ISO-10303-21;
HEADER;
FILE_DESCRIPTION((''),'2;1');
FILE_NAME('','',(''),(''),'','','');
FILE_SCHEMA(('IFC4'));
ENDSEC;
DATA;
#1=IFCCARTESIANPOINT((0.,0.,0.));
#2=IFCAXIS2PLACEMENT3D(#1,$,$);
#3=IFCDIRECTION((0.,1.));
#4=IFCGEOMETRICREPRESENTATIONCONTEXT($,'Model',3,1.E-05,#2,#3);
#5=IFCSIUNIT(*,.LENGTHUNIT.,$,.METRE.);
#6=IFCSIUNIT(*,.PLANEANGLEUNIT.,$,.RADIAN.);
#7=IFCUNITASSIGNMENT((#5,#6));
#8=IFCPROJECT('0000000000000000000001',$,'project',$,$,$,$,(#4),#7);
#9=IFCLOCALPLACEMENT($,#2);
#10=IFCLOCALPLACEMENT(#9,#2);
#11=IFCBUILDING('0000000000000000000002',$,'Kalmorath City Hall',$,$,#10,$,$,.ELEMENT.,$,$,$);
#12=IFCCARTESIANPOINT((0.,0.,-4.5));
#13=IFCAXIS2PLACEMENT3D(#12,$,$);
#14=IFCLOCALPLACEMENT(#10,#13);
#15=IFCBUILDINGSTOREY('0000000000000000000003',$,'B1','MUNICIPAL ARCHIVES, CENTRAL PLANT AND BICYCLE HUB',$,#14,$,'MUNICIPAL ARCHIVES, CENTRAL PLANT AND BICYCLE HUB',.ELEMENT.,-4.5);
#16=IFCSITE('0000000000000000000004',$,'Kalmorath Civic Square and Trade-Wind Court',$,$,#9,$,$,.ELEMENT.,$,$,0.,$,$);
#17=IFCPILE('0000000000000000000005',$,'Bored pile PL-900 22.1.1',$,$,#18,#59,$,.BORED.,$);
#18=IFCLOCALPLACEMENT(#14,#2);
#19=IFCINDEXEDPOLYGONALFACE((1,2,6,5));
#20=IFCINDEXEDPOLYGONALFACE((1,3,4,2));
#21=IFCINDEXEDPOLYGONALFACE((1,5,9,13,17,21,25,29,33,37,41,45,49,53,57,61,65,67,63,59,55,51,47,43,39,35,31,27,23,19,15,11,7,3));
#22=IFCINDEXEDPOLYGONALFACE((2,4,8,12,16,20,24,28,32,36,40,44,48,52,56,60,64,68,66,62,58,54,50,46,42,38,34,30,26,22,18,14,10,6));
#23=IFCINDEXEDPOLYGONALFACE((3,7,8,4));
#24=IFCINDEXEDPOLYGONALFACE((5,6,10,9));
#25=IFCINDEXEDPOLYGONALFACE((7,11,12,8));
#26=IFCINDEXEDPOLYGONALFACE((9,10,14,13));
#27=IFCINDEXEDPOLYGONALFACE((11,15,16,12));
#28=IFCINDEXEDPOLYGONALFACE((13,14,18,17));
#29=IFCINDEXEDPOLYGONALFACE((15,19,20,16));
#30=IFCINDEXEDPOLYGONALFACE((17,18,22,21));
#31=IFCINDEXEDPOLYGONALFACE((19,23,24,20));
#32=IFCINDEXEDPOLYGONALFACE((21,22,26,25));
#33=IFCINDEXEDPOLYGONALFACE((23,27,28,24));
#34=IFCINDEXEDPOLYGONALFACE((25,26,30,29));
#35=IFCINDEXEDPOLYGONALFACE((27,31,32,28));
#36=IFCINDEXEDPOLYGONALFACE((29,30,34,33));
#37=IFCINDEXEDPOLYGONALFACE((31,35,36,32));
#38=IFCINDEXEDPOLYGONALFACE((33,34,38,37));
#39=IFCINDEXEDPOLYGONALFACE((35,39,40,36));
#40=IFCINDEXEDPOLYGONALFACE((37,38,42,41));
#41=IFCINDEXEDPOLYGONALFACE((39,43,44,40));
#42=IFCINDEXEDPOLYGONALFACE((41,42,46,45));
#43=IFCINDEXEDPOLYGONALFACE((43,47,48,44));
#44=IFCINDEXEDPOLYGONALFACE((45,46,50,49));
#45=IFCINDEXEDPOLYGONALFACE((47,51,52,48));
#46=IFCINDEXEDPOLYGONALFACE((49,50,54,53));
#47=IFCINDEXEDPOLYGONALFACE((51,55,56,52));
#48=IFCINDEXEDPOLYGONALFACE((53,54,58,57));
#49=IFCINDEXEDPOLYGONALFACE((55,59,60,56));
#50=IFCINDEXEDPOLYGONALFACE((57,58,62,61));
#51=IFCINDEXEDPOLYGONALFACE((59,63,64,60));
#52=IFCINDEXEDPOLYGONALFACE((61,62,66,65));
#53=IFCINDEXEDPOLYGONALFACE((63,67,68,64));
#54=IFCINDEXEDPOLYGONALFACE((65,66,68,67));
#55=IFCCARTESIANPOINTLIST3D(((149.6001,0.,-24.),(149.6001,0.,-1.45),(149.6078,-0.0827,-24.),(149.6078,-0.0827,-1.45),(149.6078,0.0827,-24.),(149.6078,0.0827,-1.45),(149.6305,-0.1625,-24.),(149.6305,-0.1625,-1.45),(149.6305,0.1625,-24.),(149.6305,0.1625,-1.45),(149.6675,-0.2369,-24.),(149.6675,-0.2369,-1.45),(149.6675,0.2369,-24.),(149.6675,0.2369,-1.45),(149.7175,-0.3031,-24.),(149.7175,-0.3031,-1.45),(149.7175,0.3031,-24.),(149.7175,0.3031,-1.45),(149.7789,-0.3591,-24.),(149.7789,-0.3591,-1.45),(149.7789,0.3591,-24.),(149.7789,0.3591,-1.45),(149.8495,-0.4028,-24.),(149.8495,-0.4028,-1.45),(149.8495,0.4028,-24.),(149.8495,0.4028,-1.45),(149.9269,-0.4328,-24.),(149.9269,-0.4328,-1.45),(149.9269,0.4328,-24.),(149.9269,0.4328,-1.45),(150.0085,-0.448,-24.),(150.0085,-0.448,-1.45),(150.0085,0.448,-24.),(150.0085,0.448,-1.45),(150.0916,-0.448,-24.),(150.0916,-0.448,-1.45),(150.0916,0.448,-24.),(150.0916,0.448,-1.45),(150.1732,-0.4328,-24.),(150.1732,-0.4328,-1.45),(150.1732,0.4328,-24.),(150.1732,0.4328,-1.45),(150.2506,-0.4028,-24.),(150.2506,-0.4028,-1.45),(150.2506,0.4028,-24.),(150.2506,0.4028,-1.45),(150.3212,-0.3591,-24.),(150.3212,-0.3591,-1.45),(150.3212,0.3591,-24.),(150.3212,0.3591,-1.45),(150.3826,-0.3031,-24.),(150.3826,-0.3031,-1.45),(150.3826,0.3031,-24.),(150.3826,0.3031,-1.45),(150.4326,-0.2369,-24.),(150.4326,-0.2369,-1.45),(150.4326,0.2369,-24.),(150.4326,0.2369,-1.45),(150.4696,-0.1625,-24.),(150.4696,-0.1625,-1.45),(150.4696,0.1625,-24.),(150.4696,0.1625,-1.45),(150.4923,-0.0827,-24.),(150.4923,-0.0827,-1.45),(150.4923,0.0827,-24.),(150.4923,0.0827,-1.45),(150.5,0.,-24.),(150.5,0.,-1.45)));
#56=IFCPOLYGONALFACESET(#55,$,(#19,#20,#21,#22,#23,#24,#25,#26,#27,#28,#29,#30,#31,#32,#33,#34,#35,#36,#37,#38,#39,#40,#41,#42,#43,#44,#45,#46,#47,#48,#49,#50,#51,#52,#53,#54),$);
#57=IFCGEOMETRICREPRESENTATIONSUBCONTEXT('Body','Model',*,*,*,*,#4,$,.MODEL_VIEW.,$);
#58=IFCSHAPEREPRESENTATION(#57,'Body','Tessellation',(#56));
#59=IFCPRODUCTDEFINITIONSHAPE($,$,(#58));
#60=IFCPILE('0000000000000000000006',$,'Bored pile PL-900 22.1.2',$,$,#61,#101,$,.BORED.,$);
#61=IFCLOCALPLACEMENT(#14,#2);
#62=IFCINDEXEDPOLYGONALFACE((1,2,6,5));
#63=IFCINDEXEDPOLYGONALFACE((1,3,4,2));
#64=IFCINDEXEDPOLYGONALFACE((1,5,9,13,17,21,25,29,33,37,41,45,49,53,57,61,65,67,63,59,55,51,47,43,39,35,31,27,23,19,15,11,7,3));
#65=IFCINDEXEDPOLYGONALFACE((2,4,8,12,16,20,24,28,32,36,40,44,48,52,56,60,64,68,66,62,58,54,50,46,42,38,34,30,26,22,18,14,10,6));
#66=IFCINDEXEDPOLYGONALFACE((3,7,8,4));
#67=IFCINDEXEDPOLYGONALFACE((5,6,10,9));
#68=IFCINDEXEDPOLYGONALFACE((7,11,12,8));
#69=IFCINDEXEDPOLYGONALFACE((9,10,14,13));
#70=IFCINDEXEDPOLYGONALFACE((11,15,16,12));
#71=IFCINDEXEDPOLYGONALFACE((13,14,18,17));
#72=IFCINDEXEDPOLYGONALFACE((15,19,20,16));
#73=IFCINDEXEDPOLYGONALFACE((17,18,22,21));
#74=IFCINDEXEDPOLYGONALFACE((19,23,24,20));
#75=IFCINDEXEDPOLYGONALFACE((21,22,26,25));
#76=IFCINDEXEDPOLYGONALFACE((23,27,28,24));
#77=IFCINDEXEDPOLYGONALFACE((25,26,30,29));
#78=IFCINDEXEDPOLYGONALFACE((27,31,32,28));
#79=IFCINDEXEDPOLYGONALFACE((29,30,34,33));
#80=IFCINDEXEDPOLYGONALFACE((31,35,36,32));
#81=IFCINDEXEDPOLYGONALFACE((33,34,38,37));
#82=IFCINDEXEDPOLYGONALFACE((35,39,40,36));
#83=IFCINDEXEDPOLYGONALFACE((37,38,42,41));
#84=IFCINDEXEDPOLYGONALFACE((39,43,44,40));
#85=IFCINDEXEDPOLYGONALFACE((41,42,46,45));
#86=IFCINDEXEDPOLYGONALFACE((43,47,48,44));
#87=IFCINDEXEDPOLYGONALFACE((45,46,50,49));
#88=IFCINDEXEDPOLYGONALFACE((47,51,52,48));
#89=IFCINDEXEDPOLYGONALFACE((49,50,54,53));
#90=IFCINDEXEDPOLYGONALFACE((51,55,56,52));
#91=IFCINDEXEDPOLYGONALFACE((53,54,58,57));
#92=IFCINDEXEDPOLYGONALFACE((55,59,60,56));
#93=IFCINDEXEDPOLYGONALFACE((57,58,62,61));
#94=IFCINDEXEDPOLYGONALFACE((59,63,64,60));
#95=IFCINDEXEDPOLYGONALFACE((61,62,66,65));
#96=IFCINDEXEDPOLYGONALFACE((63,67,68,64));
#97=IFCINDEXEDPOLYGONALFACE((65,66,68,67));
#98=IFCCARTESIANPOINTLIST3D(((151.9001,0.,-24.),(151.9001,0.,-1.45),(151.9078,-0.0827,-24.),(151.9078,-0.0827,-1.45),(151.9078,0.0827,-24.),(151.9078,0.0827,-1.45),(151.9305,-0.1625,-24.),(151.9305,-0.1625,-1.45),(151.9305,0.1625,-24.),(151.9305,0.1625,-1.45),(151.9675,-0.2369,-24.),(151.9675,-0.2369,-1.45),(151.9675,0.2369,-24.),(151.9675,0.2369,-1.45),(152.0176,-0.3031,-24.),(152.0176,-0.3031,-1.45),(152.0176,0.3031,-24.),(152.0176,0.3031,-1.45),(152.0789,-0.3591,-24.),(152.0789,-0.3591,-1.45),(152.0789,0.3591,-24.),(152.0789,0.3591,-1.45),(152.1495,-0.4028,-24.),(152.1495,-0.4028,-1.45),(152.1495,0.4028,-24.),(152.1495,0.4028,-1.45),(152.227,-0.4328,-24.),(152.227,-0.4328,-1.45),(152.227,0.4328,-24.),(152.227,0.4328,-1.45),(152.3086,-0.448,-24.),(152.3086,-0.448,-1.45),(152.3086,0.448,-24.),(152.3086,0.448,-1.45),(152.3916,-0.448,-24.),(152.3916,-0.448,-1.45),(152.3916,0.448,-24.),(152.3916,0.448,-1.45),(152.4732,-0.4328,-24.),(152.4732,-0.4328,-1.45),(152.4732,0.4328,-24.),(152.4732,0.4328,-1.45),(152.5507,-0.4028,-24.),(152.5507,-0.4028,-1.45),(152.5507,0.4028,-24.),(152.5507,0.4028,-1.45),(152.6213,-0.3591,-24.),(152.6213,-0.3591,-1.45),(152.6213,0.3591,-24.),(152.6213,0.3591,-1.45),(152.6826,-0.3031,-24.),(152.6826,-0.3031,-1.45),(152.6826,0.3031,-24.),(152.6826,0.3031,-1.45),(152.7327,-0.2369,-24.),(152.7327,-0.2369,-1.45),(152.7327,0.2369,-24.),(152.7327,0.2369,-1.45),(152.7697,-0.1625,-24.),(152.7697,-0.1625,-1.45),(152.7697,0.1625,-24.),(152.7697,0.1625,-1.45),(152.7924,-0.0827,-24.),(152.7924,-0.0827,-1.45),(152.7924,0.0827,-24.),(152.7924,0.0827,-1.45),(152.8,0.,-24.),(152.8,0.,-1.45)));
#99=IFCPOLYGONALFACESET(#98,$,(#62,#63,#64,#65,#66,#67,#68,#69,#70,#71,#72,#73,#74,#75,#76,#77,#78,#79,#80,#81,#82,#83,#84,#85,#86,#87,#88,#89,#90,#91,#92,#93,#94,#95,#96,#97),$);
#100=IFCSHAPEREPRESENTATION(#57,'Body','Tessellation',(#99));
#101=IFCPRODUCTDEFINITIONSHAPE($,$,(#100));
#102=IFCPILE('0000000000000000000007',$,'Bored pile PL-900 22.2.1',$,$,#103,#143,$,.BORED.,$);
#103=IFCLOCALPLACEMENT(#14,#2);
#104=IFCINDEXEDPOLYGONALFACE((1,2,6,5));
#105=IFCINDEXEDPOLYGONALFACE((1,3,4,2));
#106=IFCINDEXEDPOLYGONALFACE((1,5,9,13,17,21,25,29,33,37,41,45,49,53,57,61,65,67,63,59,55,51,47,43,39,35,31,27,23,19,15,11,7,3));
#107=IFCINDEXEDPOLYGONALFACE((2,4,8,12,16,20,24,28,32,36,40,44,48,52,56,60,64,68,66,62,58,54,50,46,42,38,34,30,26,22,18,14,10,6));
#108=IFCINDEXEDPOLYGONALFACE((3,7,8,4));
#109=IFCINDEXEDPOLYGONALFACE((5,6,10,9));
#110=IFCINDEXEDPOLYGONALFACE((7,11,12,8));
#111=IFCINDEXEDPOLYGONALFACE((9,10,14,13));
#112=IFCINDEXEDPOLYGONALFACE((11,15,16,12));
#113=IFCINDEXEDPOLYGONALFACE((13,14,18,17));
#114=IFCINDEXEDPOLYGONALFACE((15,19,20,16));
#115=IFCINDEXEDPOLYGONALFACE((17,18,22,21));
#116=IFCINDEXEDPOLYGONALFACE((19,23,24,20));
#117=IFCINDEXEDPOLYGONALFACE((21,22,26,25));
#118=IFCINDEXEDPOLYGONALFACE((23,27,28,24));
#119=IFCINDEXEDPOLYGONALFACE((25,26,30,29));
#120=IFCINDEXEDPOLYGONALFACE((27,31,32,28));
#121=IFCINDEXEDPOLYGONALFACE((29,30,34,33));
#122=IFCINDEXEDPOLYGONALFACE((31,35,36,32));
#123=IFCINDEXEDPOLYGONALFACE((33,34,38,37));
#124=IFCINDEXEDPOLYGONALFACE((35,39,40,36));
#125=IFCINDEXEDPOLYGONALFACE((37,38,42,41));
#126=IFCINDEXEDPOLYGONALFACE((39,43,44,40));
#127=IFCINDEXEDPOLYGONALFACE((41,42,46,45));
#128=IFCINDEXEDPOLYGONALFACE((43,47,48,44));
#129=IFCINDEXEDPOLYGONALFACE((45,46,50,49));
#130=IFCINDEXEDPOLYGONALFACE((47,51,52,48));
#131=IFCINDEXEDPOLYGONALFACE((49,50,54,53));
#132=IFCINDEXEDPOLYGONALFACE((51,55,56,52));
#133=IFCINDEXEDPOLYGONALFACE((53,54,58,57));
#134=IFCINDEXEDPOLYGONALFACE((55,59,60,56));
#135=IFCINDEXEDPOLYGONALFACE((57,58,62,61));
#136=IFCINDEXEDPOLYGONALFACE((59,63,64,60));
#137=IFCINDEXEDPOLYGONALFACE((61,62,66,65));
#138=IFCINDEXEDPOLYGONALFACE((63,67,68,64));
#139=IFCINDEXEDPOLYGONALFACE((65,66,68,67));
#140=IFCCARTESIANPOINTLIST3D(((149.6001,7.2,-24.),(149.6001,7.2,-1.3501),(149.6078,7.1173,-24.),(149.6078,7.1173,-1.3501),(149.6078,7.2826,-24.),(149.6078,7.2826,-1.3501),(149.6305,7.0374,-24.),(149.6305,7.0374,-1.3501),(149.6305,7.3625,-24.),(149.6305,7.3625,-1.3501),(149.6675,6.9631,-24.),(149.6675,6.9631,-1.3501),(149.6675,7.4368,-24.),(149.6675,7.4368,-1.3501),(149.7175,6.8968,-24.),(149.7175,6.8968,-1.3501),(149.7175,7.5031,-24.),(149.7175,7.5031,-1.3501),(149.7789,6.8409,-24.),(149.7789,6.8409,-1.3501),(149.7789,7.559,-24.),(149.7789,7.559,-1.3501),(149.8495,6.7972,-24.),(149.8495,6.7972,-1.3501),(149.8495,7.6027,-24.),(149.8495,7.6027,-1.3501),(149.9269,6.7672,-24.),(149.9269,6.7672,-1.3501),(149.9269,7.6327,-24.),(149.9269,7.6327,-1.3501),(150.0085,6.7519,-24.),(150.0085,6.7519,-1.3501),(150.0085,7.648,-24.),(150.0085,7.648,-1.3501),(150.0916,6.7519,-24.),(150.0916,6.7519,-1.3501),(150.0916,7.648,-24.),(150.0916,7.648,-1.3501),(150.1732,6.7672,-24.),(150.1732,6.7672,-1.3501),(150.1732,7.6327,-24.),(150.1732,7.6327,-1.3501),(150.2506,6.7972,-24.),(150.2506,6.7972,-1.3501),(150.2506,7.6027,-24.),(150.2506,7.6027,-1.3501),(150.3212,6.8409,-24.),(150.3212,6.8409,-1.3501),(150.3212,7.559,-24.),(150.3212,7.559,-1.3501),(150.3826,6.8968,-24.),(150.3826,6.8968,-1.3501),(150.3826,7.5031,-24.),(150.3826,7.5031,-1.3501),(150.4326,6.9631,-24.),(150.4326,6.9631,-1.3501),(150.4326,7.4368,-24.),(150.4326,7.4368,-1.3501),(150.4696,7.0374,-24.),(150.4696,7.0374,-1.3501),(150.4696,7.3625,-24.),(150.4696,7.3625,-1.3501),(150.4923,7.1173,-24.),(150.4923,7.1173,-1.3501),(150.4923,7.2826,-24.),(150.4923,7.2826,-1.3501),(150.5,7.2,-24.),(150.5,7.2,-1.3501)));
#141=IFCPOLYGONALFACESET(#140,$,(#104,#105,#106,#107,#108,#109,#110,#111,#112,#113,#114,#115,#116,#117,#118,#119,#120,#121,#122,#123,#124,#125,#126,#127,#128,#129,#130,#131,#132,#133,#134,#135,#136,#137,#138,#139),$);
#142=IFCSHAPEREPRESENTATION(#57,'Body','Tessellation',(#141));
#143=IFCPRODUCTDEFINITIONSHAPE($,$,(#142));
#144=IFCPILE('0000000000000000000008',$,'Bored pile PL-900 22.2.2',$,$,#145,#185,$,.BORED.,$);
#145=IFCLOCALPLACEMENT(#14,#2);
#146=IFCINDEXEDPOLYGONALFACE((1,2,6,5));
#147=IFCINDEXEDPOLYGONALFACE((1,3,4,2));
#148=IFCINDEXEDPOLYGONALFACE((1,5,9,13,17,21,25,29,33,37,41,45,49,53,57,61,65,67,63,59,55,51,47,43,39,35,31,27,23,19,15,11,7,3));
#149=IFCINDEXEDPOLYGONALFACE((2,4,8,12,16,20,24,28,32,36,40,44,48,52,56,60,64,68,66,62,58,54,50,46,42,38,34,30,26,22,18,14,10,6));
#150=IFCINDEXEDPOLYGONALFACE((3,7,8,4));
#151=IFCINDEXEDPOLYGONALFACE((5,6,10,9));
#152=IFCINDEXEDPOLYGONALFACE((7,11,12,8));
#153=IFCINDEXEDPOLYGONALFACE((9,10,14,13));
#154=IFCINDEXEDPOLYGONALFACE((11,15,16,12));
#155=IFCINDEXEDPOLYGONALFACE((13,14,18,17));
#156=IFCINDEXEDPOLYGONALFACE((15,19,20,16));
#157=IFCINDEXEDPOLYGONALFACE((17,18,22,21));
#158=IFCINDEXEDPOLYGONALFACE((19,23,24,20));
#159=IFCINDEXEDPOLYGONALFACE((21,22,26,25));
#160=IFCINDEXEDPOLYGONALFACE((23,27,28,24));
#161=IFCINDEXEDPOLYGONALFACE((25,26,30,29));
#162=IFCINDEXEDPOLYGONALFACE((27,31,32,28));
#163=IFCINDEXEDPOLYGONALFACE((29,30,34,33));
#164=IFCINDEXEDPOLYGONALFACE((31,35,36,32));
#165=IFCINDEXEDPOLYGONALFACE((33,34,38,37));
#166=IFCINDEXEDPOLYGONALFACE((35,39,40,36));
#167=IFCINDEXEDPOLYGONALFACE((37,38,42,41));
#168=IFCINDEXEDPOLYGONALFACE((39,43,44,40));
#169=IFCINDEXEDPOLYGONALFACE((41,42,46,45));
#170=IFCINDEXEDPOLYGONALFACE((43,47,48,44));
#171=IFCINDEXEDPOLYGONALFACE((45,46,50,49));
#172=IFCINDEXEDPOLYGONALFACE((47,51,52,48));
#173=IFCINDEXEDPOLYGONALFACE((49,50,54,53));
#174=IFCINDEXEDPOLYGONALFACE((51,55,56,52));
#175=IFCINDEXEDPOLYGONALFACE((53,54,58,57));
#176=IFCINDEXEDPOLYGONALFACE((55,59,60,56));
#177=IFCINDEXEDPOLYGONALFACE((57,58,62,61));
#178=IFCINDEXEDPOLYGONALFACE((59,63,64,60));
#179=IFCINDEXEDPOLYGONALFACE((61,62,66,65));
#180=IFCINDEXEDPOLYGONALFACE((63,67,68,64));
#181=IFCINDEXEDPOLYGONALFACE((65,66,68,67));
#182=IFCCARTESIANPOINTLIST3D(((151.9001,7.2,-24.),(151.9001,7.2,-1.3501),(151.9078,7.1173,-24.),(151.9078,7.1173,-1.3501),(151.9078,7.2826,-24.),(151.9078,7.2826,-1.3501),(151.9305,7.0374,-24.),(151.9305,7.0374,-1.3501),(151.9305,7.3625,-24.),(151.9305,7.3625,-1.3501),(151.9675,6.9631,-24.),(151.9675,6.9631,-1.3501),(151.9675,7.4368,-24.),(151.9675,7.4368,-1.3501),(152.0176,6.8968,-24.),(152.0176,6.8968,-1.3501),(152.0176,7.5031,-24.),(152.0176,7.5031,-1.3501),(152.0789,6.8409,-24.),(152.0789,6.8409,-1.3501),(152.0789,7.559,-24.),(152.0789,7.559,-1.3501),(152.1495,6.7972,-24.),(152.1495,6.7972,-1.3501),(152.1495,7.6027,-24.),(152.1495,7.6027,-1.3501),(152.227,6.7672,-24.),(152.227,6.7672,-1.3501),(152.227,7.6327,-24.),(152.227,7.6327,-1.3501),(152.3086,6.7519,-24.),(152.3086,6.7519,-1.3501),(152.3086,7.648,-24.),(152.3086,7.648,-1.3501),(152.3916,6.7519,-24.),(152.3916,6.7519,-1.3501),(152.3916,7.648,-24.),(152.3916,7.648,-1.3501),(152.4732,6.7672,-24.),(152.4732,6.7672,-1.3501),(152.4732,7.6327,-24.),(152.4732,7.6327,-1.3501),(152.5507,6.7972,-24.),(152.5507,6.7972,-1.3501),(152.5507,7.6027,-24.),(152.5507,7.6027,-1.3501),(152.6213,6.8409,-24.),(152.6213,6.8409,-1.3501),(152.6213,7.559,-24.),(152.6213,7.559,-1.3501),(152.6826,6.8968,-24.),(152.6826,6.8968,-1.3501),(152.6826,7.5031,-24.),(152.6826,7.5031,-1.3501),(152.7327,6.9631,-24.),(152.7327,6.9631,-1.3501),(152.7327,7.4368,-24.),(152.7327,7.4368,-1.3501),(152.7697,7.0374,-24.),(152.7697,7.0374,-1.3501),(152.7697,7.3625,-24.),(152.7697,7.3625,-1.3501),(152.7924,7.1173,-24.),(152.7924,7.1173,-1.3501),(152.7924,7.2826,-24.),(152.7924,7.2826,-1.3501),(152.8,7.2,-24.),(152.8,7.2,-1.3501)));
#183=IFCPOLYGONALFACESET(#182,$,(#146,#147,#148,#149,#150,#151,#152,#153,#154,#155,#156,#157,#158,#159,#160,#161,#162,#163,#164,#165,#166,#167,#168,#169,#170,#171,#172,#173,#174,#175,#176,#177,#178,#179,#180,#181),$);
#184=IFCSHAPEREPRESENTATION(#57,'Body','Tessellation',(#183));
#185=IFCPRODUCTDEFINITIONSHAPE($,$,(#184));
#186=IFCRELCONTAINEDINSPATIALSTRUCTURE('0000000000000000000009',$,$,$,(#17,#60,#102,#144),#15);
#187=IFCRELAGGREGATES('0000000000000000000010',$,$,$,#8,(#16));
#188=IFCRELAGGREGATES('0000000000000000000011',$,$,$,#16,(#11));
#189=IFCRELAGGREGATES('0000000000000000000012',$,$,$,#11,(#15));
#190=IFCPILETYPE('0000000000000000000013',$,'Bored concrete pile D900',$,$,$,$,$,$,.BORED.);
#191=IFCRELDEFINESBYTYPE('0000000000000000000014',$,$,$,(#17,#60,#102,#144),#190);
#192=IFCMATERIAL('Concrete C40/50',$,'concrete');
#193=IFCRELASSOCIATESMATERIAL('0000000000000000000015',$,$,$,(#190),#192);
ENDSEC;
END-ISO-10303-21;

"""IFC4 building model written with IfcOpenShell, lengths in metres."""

from ifc_helpers import new_model, si_unit, direction, frame, origin, origin_2d, place, context, subcontext, project, spatial, circle, extrude, material, material_profile, profile_set, type_object, element, save


model = new_model("IFC4")

# Units and contexts
model_context = context("Model", 3, precision=1e-05, world=origin(), true_north=direction((0.0, 1.0)))
body_context = subcontext(model_context, "Body", "Model", "MODEL_VIEW")
ifc_project = project(units=[si_unit("LENGTHUNIT", "METRE"), si_unit("PLANEANGLEUNIT", "RADIAN")], contexts=[model_context])

# Site, building, storey
site_placement = place(None, origin())
site = spatial("IfcSite", under=ifc_project, at=site_placement, Name="Kalmorath Civic Square and Trade-Wind Court", CompositionType="ELEMENT", RefElevation=0.0)
building_placement = place(site_placement, origin())
building = spatial("IfcBuilding", under=site, at=building_placement, Name="Kalmorath City Hall", CompositionType="ELEMENT")
storey_placement = place(building_placement, frame((0.0, 0.0, -4.5)))
storey = spatial("IfcBuildingStorey", under=building, at=storey_placement, Name="B1", Description="MUNICIPAL ARCHIVES, CENTRAL PLANT AND BICYCLE HUB", LongName="MUNICIPAL ARCHIVES, CENTRAL PLANT AND BICYCLE HUB", CompositionType="ELEMENT", Elevation=-4.5)

# Piles
ifc_material_1 = material(Name="Concrete C40/50", Category="concrete")
ifc_material_profile_1 = material_profile(ifc_material_1, circle(Radius=0.45, at=origin_2d()), Name="PILE-D900")
ifc_profile_set_1 = profile_set([ifc_material_profile_1], Name="Concrete C40/50")
pile_type_1 = type_object("IfcPileType", Name="Bored concrete pile D900", PredefinedType="BORED", material=ifc_profile_set_1)
for number, where, z_axis, x_axis, name in (
    (1, (150.05, 0.0, -1.45), (0.0, 0.0, -1.0), (1.0, 0.0, 0.0), "Bored pile PL-900 22.1.1"),
    (2, (152.3501, 0.0, -1.45), (0.0, 0.0, -1.0), (1.0, 0.0, 0.0), "Bored pile PL-900 22.1.2"),
):
    element("IfcPile", number, at=place(storey_placement, frame(where, z_axis=z_axis, x_axis=x_axis)), inside=storey, type_object=pile_type_1, Name=name, PredefinedType="BORED", context=body_context, shape_type="SweptSolid", body=[
        extrude(circle(Radius=0.45, at=origin_2d()), origin(), (0.0, 0.0, 1.0), 22.55),
    ])
for number, where, z_axis, x_axis, name in (
    (3, (150.05, 7.2, -1.3501), (0.0, 0.0, -1.0), (1.0, 0.0, 0.0), "Bored pile PL-900 22.2.1"),
    (4, (152.3501, 7.2, -1.3501), (0.0, 0.0, -1.0), (1.0, 0.0, 0.0), "Bored pile PL-900 22.2.2"),
):
    element("IfcPile", number, at=place(storey_placement, frame(where, z_axis=z_axis, x_axis=x_axis)), inside=storey, type_object=pile_type_1, Name=name, PredefinedType="BORED", context=body_context, shape_type="SweptSolid", body=[
        extrude(circle(Radius=0.45, at=origin_2d()), origin(), (0.0, 0.0, 1.0), 22.6499),
    ])

save(model, "model.ifc")
